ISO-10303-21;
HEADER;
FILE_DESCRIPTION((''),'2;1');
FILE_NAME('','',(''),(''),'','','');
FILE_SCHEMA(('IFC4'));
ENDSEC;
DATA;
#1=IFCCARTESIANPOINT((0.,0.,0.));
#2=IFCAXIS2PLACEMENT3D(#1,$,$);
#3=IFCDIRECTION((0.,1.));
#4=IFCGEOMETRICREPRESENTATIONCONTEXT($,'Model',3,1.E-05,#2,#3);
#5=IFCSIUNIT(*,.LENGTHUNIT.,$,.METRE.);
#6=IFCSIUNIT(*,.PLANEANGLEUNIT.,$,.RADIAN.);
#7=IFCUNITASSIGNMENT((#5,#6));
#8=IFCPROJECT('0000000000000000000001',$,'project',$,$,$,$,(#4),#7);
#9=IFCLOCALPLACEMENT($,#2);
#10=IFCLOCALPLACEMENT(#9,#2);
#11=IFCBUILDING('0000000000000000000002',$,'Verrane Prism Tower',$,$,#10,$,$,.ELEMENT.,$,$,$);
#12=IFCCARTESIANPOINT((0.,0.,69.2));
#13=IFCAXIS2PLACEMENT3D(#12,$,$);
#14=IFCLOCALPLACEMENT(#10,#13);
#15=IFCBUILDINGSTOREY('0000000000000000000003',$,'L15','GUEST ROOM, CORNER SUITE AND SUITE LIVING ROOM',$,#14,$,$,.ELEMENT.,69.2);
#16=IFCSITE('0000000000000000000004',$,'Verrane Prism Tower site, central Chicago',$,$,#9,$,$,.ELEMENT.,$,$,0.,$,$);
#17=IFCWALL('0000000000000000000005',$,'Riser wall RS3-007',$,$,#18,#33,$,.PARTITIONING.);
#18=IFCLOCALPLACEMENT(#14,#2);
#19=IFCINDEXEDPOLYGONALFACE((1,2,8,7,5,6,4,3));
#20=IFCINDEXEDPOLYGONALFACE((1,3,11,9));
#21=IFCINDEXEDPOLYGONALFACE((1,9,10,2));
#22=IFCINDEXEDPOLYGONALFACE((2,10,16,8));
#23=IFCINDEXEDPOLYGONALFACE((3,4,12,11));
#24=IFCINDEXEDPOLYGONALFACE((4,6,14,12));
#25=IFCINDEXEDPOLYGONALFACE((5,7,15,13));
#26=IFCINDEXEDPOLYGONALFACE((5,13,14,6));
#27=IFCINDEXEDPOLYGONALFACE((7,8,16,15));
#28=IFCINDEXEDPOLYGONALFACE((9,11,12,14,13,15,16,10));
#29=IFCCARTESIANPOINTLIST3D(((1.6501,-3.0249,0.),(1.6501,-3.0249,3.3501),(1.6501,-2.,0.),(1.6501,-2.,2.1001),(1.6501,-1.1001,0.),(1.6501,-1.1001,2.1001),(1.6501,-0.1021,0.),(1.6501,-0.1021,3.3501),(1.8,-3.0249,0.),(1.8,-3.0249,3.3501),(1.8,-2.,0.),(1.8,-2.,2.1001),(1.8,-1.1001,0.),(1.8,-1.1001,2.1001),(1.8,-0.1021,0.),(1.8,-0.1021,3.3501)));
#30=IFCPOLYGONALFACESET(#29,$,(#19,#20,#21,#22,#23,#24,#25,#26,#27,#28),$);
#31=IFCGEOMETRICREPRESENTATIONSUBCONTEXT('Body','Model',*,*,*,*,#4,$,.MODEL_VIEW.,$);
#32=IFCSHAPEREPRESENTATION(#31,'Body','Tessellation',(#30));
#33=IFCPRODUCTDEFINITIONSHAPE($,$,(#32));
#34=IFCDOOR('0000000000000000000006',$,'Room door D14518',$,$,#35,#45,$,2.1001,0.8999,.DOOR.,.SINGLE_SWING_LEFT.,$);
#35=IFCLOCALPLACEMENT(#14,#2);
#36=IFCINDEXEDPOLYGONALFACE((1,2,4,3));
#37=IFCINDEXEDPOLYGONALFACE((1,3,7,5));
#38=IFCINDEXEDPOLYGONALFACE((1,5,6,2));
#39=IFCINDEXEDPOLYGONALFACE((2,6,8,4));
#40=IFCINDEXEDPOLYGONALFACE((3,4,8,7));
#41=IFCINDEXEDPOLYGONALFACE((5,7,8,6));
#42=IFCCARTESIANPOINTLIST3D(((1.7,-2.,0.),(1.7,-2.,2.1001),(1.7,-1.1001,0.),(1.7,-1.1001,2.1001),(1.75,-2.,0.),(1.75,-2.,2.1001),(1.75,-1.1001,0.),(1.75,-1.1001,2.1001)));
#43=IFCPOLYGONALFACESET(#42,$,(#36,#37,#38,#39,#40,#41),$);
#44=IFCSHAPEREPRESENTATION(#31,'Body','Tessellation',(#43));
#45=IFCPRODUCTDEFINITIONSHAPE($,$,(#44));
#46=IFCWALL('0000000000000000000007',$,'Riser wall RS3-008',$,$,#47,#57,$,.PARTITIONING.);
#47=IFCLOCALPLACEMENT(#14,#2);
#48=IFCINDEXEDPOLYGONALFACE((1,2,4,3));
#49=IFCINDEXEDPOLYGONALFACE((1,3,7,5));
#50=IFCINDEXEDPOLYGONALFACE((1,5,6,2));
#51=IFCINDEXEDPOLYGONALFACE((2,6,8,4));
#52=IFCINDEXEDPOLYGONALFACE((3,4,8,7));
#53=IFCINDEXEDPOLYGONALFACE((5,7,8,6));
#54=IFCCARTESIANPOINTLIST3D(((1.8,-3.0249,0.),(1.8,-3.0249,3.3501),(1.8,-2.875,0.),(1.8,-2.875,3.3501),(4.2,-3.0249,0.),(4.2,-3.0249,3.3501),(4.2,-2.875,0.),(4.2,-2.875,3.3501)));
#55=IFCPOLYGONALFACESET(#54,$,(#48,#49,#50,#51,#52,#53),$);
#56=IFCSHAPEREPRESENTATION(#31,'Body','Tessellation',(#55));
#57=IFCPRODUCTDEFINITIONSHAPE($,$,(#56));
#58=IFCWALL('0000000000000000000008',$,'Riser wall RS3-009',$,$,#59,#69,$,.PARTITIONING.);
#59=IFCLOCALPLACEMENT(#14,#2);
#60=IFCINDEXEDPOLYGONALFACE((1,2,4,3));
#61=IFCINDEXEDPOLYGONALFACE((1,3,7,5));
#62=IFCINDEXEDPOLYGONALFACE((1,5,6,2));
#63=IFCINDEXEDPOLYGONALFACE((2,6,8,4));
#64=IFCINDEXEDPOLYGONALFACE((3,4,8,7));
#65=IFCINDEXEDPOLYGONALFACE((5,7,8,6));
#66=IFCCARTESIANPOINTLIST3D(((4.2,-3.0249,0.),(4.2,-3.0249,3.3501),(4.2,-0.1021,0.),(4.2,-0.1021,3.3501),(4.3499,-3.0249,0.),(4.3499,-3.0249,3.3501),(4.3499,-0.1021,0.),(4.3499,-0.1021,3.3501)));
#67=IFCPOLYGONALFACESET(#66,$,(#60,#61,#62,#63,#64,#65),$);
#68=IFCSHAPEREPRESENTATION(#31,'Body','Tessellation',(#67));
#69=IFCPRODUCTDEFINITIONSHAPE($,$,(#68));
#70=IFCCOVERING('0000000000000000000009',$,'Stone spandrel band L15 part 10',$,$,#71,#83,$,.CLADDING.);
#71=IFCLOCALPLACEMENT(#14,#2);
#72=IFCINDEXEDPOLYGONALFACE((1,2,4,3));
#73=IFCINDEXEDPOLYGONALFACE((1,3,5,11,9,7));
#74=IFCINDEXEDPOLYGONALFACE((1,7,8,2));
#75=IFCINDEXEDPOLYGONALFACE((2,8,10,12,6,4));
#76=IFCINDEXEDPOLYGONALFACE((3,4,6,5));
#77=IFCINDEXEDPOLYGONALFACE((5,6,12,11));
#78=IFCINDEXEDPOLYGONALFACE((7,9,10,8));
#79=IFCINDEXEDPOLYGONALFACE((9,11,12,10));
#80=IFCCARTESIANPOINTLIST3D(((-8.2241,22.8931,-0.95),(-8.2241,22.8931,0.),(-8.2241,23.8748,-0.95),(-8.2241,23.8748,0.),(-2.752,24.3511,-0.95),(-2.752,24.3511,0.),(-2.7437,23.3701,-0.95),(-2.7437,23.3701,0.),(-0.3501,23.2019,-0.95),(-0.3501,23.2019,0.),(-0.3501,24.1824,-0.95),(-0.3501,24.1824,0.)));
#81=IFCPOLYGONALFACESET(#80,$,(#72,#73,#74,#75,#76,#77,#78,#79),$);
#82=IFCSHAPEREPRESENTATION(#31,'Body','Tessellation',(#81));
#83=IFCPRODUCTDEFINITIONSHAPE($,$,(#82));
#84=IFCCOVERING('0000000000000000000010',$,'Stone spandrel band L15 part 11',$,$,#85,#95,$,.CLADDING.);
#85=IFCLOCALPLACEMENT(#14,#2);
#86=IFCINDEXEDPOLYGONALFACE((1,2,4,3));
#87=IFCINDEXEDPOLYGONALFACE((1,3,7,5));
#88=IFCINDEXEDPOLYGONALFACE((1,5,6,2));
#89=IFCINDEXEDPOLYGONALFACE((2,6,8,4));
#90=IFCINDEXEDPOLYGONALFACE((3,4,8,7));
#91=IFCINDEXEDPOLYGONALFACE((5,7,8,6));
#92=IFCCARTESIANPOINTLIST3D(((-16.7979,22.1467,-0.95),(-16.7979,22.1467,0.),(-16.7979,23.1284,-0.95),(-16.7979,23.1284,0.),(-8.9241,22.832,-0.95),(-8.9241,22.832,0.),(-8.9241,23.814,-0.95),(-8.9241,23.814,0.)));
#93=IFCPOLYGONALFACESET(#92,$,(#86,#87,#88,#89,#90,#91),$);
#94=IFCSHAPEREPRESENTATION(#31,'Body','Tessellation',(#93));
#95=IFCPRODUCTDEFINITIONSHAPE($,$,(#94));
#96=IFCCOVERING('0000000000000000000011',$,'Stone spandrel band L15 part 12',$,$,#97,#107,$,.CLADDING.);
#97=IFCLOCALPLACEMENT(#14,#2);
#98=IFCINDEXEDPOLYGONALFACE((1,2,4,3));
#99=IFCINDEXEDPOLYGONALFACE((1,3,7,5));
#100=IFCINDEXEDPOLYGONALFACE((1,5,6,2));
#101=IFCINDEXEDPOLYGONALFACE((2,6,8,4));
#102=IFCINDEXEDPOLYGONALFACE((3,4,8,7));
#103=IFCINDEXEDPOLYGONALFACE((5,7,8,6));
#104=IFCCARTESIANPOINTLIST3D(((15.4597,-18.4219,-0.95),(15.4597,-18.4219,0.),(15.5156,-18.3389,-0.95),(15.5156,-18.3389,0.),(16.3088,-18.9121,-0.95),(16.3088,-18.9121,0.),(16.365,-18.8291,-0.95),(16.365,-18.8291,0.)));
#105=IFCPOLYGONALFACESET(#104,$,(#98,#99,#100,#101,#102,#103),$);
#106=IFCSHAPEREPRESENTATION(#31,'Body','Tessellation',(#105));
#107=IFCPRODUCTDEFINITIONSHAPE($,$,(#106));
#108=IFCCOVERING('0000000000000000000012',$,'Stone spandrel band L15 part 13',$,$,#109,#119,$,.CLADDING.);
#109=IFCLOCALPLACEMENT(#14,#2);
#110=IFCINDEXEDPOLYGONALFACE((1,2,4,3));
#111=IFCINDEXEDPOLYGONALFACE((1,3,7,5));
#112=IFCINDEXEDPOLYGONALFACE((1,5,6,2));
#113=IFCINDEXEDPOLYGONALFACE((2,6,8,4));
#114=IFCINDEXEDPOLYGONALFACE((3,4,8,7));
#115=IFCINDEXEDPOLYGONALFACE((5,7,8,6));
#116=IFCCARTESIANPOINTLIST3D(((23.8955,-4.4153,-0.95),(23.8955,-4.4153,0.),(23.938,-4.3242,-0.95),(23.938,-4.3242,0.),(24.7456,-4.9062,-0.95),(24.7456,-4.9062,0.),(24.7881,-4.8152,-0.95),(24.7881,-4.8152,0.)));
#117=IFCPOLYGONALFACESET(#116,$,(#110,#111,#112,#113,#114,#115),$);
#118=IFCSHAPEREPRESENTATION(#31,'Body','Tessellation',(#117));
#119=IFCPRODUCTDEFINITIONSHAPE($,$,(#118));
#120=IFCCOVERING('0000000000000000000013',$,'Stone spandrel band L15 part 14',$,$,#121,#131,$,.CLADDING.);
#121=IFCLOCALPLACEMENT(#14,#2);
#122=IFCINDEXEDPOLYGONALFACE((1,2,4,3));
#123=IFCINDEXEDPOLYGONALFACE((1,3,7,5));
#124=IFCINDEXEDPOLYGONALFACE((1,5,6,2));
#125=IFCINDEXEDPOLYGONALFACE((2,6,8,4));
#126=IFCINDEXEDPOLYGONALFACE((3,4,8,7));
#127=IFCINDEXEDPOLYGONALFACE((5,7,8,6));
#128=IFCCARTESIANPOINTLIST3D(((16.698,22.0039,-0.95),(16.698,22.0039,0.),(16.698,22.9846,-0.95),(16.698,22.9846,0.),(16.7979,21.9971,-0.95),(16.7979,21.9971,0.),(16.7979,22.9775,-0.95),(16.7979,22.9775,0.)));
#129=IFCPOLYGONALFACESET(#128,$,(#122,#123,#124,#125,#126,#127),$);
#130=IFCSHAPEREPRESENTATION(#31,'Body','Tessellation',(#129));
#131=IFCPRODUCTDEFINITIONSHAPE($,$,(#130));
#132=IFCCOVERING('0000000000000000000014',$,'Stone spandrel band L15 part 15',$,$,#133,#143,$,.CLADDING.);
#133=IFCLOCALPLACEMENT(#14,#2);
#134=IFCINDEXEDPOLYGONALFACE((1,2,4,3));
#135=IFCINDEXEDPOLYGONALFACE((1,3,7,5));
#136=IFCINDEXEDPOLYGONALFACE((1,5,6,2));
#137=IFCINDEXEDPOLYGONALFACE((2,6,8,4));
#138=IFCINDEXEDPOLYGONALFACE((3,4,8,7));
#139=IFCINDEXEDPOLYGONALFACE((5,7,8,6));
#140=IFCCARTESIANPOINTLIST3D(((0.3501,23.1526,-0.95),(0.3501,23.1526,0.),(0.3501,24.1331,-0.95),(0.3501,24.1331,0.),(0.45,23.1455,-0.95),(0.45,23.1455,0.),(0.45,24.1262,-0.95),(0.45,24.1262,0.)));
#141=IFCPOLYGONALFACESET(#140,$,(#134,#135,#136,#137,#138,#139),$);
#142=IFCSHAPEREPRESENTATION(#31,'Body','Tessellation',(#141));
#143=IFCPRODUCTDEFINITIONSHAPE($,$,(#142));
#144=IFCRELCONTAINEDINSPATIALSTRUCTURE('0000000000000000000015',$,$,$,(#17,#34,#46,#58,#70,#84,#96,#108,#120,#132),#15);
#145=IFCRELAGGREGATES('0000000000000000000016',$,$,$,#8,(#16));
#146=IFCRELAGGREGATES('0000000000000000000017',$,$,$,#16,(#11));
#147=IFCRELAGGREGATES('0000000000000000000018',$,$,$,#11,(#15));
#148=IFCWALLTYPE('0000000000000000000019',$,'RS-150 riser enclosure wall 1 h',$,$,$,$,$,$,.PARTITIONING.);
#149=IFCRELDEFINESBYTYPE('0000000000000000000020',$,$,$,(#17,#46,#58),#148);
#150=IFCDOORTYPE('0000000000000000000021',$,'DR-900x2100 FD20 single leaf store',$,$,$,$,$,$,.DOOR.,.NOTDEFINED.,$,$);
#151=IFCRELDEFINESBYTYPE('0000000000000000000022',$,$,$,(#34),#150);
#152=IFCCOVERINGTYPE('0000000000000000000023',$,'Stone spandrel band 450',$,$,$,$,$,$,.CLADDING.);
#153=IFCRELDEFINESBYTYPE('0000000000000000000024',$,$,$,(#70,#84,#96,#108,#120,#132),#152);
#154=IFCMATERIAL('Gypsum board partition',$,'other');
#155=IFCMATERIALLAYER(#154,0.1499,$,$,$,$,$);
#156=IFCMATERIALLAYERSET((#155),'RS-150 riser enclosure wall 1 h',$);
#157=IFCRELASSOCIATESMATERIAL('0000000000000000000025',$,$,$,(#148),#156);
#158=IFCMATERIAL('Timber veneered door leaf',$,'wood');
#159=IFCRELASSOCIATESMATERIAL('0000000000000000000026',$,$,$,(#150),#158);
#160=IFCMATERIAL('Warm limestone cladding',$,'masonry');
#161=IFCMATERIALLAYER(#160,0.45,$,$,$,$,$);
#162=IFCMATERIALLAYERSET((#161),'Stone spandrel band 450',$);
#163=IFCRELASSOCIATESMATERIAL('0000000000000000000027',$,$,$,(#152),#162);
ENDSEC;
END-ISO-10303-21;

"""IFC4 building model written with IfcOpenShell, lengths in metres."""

from ifc_helpers import new_model, si_unit, direction, frame, frame_2d, origin, place, context, subcontext, project, spatial, polyline, rectangle, outline, extrude, material, layer, layer_set, type_object, element, fill, save


model = new_model("IFC4")

# Units and contexts
model_context = context("Model", 3, precision=1e-05, world=origin(), true_north=direction((0.0, 1.0)))
body_context = subcontext(model_context, "Body", "Model", "MODEL_VIEW")
ifc_project = project(units=[si_unit("LENGTHUNIT", "METRE"), si_unit("PLANEANGLEUNIT", "RADIAN")], contexts=[model_context])

# Site, building, storey
site_placement = place(None, origin())
site = spatial("IfcSite", under=ifc_project, at=site_placement, Name="Verrane Prism Tower site, central Chicago", CompositionType="ELEMENT", RefElevation=0.0)
building_placement = place(site_placement, origin())
building = spatial("IfcBuilding", under=site, at=building_placement, Name="Verrane Prism Tower", CompositionType="ELEMENT")
storey_placement = place(building_placement, frame((0.0, 0.0, 69.2)))
storey = spatial("IfcBuildingStorey", under=building, at=storey_placement, Name="L15", Description="GUEST ROOM, CORNER SUITE AND SUITE LIVING ROOM", CompositionType="ELEMENT", Elevation=69.2)

# Wall, opening, door
ifc_material_1 = material(Name="Gypsum board partition", Category="other")
ifc_layer_1 = layer(ifc_material_1, 0.1499)
ifc_layer_set_1 = layer_set([ifc_layer_1], Name="RS-150 riser enclosure wall 1 h")
wall_type_1 = type_object("IfcWallType", Name="RS-150 riser enclosure wall 1 h", PredefinedType="PARTITIONING", material=ifc_layer_set_1)
wall_1_placement = place(storey_placement, frame((1.7251, -0.1021, 0.0), z_axis=(0.0, 0.0, 1.0), x_axis=(0.0, -1.0, 0.0)))
wall_1 = element("IfcWall", 1, at=wall_1_placement, inside=storey, type_object=wall_type_1, Name="Riser wall RS3-007", PredefinedType="PARTITIONING", context=body_context, shape_type="SweptSolid", body=[
    extrude(rectangle(XDim=2.9229, YDim=0.1499, at=frame_2d((1.4614, 0.0))), origin(), (0.0, 0.0, 1.0), 3.3501),
])
opening_1_placement = place(wall_1_placement, frame((0.998, 0.0, 0.0)))
opening_1 = element("IfcOpeningElement", 2, at=opening_1_placement, cuts=wall_1, PredefinedType="OPENING", context=body_context, shape_type="SweptSolid", body=[
    extrude(rectangle(XDim=0.8999, YDim=2.1001, at=frame_2d((0.45, 1.05))), frame((0.0, 0.085, 0.0), z_axis=(0.0, -1.0, 0.0), x_axis=(1.0, 0.0, 0.0)), (0.0, 0.0, 1.0), 0.1699),
])
ifc_material_2 = material(Name="Timber veneered door leaf", Category="wood")
door_type_1 = type_object("IfcDoorType", Name="DR-900x2100 FD20 single leaf store", OperationType="NOTDEFINED", PredefinedType="DOOR", material=ifc_material_2)
door_1_placement = place(opening_1_placement, origin())
door_1 = element("IfcDoor", 3, at=door_1_placement, inside=storey, type_object=door_type_1, Name="Room door D14518", OperationType="SINGLE_SWING_LEFT", OverallHeight=2.1001, OverallWidth=0.8999, PredefinedType="DOOR", context=body_context, shape_type="SweptSolid", body=[
    extrude(rectangle(XDim=0.8999, YDim=2.1001, at=frame_2d((0.45, 1.05))), frame((0.0, 0.0249, 0.0), z_axis=(0.0, -1.0, 0.0), x_axis=(1.0, 0.0, 0.0)), (0.0, 0.0, 1.0), 0.05),
])
fill(opening_1, door_1)

# Walls
wall_2_placement = place(storey_placement, frame((1.8, -2.95, 0.0), z_axis=(0.0, 0.0, 1.0), x_axis=(1.0, 0.0, 0.0)))
element("IfcWall", 4, at=wall_2_placement, inside=storey, type_object=wall_type_1, Name="Riser wall RS3-008", PredefinedType="PARTITIONING", context=body_context, shape_type="SweptSolid", body=[
    extrude(rectangle(XDim=2.3999, YDim=0.1499, at=frame_2d((1.2, 0.0))), origin(), (0.0, 0.0, 1.0), 3.3501),
])
wall_3_placement = place(storey_placement, frame((4.2749, -3.0249, 0.0), z_axis=(0.0, 0.0, 1.0), x_axis=(0.0, 1.0, 0.0)))
element("IfcWall", 5, at=wall_3_placement, inside=storey, type_object=wall_type_1, Name="Riser wall RS3-009", PredefinedType="PARTITIONING", context=body_context, shape_type="SweptSolid", body=[
    extrude(rectangle(XDim=2.9229, YDim=0.1499, at=frame_2d((1.4614, 0.0))), origin(), (0.0, 0.0, 1.0), 3.3501),
])

# Coverings
ifc_material_3 = material(Name="Warm limestone cladding", Category="masonry")
ifc_layer_2 = layer(ifc_material_3, 0.45)
ifc_layer_set_2 = layer_set([ifc_layer_2], Name="Stone spandrel band 450")
covering_type = type_object("IfcCoveringType", Name="Stone spandrel band 450", PredefinedType="CLADDING", material=ifc_layer_set_2)
covering_1_placement = place(storey_placement, frame((0.0, 0.0, -0.95)))
element("IfcCovering", 6, at=covering_1_placement, inside=storey, type_object=covering_type, Name="Stone spandrel band L15 part 10", PredefinedType="CLADDING", context=body_context, shape_type="SweptSolid", body=[
    extrude(outline(polyline([(-8.2241, 22.8931), (-2.7437, 23.3701), (-0.3501, 23.2019), (-0.3501, 24.1824), (-2.752, 24.3511), (-8.2241, 23.8748), (-8.2241, 22.8931)])), origin(), (0.0, 0.0, 1.0), 0.95),
])
covering_2_placement = place(storey_placement, frame((0.0, 0.0, -0.95)))
element("IfcCovering", 7, at=covering_2_placement, inside=storey, type_object=covering_type, Name="Stone spandrel band L15 part 11", PredefinedType="CLADDING", context=body_context, shape_type="SweptSolid", body=[
    extrude(outline(polyline([(-8.9241, 23.814), (-16.7979, 23.1284), (-16.7979, 22.1467), (-8.9241, 22.832), (-8.9241, 23.814)])), origin(), (0.0, 0.0, 1.0), 0.95),
])
covering_3_placement = place(storey_placement, frame((0.0, 0.0, -0.95)))
element("IfcCovering", 8, at=covering_3_placement, inside=storey, type_object=covering_type, Name="Stone spandrel band L15 part 12", PredefinedType="CLADDING", context=body_context, shape_type="SweptSolid", body=[
    extrude(outline(polyline([(16.3088, -18.9121), (16.365, -18.8291), (15.5156, -18.3389), (15.4597, -18.4219), (16.3088, -18.9121)])), origin(), (0.0, 0.0, 1.0), 0.95),
])
covering_4_placement = place(storey_placement, frame((0.0, 0.0, -0.95)))
element("IfcCovering", 9, at=covering_4_placement, inside=storey, type_object=covering_type, Name="Stone spandrel band L15 part 13", PredefinedType="CLADDING", context=body_context, shape_type="SweptSolid", body=[
    extrude(outline(polyline([(23.8955, -4.4153), (24.7456, -4.9062), (24.7881, -4.8152), (23.938, -4.3242), (23.8955, -4.4153)])), origin(), (0.0, 0.0, 1.0), 0.95),
])
covering_5_placement = place(storey_placement, frame((0.0, 0.0, -0.95)))
element("IfcCovering", 10, at=covering_5_placement, inside=storey, type_object=covering_type, Name="Stone spandrel band L15 part 14", PredefinedType="CLADDING", context=body_context, shape_type="SweptSolid", body=[
    extrude(outline(polyline([(16.7979, 22.9775), (16.698, 22.9846), (16.698, 22.0039), (16.7979, 21.9971), (16.7979, 22.9775)])), origin(), (0.0, 0.0, 1.0), 0.95),
])
covering_6_placement = place(storey_placement, frame((0.0, 0.0, -0.95)))
element("IfcCovering", 11, at=covering_6_placement, inside=storey, type_object=covering_type, Name="Stone spandrel band L15 part 15", PredefinedType="CLADDING", context=body_context, shape_type="SweptSolid", body=[
    extrude(outline(polyline([(0.45, 23.1455), (0.45, 24.1262), (0.3501, 24.1331), (0.3501, 23.1526), (0.45, 23.1455)])), origin(), (0.0, 0.0, 1.0), 0.95),
])

save(model, "model.ifc")
